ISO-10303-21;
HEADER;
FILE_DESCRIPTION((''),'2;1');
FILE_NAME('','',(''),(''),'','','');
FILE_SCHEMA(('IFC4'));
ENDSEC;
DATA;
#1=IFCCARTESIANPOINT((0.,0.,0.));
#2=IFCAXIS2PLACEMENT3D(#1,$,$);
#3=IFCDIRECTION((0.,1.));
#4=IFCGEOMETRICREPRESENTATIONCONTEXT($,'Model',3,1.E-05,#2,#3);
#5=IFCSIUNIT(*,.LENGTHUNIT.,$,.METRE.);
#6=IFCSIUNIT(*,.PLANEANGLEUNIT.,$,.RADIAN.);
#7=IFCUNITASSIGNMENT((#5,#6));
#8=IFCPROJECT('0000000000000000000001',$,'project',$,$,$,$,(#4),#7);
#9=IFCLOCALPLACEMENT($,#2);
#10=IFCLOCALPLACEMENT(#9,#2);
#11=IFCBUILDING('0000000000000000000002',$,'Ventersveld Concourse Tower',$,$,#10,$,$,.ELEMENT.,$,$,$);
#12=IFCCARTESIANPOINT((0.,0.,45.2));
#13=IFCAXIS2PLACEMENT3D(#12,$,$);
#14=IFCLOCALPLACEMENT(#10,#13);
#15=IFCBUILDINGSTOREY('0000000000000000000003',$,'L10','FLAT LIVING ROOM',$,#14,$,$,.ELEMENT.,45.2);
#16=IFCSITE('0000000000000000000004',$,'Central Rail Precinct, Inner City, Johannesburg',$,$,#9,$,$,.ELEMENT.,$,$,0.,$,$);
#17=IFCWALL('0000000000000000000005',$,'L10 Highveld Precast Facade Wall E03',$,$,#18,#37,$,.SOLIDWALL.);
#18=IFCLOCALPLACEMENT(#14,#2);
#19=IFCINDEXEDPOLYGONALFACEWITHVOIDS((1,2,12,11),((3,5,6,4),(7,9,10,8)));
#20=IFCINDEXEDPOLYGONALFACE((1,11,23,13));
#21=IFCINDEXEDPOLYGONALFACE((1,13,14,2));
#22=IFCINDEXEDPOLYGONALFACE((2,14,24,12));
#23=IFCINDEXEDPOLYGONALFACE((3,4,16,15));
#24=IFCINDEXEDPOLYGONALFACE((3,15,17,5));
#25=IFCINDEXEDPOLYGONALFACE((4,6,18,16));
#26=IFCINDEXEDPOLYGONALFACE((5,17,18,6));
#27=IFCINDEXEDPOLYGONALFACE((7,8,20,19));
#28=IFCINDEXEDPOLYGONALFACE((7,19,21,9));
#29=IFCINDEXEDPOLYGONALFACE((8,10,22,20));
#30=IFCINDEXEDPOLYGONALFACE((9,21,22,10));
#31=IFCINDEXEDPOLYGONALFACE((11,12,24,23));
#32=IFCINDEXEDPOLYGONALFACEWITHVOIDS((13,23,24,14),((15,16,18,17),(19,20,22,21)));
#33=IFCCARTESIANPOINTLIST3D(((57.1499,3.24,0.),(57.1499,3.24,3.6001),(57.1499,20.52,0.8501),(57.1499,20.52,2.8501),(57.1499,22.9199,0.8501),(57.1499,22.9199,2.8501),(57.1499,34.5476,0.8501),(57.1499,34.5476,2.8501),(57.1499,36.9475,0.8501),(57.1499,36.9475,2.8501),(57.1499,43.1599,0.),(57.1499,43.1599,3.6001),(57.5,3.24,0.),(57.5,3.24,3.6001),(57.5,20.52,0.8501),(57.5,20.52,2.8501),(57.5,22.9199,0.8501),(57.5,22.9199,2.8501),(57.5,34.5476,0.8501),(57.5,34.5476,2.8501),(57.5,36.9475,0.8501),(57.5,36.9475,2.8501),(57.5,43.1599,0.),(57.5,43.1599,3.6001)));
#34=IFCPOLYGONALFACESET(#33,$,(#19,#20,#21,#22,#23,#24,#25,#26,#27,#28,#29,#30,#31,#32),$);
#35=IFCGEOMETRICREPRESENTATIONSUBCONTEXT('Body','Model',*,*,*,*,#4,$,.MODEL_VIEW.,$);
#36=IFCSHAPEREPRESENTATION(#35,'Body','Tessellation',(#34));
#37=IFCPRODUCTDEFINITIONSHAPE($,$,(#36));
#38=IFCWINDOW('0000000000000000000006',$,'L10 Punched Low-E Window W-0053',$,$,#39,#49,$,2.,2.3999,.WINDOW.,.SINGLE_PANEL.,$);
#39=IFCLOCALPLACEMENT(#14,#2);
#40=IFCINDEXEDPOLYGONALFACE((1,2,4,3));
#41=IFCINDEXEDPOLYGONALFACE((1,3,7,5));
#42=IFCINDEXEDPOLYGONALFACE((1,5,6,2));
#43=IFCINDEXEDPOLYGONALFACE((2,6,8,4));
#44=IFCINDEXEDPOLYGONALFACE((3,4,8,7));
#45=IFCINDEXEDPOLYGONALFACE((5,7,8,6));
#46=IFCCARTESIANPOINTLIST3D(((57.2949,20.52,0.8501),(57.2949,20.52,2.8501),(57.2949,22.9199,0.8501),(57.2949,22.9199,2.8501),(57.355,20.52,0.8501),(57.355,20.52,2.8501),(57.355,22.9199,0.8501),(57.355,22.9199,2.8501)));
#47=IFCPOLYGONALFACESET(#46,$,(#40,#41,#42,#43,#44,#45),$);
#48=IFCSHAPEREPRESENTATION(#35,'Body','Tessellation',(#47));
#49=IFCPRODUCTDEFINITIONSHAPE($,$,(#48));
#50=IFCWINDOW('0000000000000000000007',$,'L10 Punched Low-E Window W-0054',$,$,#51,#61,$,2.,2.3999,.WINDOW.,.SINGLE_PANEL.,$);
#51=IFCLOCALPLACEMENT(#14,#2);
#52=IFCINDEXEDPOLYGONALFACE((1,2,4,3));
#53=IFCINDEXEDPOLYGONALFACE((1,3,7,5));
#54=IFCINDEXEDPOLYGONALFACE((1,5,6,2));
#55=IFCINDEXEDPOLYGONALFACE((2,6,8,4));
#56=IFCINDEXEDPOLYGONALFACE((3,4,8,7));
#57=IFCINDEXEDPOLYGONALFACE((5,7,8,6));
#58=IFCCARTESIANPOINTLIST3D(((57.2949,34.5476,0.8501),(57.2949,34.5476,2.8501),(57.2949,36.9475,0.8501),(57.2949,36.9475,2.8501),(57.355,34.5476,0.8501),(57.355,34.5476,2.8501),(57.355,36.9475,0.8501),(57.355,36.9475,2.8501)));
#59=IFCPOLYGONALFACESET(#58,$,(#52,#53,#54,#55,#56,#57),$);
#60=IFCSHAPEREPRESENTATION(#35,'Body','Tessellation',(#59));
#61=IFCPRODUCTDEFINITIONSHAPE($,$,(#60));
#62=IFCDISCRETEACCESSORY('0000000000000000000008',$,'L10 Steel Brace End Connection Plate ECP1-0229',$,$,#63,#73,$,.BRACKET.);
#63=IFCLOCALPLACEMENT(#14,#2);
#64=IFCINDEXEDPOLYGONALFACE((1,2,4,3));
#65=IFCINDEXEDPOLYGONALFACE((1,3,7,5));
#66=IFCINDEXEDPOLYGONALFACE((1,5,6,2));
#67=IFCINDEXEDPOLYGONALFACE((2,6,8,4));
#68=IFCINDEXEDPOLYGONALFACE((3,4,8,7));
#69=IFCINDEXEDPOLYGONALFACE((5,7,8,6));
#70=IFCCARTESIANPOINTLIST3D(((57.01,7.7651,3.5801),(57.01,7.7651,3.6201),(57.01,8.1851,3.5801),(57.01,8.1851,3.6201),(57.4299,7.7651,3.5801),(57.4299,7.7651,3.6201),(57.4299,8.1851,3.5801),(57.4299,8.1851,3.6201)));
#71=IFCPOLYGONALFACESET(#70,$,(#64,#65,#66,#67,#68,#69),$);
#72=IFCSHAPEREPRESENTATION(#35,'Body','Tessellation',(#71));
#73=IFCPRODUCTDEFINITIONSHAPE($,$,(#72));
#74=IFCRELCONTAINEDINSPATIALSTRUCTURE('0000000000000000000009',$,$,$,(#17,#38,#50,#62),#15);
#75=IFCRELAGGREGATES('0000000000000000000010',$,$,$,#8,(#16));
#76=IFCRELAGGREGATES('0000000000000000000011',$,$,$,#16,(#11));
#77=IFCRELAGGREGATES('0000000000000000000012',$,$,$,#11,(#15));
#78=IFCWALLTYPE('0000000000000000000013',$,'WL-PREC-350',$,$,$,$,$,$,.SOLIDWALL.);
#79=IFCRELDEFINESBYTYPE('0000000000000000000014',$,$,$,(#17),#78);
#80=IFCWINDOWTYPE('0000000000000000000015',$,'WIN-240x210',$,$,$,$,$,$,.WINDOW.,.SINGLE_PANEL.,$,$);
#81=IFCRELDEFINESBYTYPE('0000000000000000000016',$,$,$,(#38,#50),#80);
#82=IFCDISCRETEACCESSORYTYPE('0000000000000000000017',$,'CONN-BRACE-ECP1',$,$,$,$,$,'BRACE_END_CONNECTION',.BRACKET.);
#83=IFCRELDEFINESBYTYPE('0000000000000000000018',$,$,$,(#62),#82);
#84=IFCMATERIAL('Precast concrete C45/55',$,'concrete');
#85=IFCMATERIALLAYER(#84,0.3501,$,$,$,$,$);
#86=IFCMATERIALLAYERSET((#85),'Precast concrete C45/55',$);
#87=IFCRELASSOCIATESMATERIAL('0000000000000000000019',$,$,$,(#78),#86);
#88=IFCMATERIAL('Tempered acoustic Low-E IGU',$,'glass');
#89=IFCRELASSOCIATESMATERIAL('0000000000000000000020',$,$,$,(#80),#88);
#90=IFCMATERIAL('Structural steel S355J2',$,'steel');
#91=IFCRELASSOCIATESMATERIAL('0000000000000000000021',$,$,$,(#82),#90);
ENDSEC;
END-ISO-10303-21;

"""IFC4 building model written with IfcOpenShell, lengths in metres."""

from ifc_helpers import new_model, si_unit, direction, frame, frame_2d, origin, origin_2d, place, context, subcontext, project, spatial, rectangle, extrude, material, layer, layer_set, type_object, element, fill, save


model = new_model("IFC4")

# Units and contexts
model_context = context("Model", 3, precision=1e-05, world=origin(), true_north=direction((0.0, 1.0)))
body_context = subcontext(model_context, "Body", "Model", "MODEL_VIEW")
ifc_project = project(units=[si_unit("LENGTHUNIT", "METRE"), si_unit("PLANEANGLEUNIT", "RADIAN")], contexts=[model_context])

# Site, building, storey
site_placement = place(None, origin())
site = spatial("IfcSite", under=ifc_project, at=site_placement, Name="Central Rail Precinct, Inner City, Johannesburg", CompositionType="ELEMENT", RefElevation=0.0)
building_placement = place(site_placement, origin())
building = spatial("IfcBuilding", under=site, at=building_placement, Name="Ventersveld Concourse Tower", CompositionType="ELEMENT")
storey_placement = place(building_placement, frame((0.0, 0.0, 45.2)))
storey = spatial("IfcBuildingStorey", under=building, at=storey_placement, Name="L10", Description="FLAT LIVING ROOM", CompositionType="ELEMENT", Elevation=45.2)

# Shared definitions
ifc_material_1 = material(Name="Structural steel S355J2", Category="steel")

# Shared definitions
ifc_material_2 = material(Name="Precast concrete C45/55", Category="concrete")
ifc_layer_1 = layer(ifc_material_2, 0.3501)
ifc_layer_set_1 = layer_set([ifc_layer_1], Name="Precast concrete C45/55")
wall_type_1 = type_object("IfcWallType", Name="WL-PREC-350", PredefinedType="SOLIDWALL", material=ifc_layer_set_1)
ifc_material_3 = material(Name="Tempered acoustic Low-E IGU", Category="glass")

# Wall, openings, windows
wall_1_placement = place(storey_placement, frame((57.325, 3.24, 0.0), z_axis=(0.0, 0.0, 1.0), x_axis=(0.0, 1.0, 0.0)))
wall_1 = element("IfcWall", 1, at=wall_1_placement, inside=storey, type_object=wall_type_1, Name="L10 Highveld Precast Facade Wall E03", PredefinedType="SOLIDWALL", context=body_context, shape_type="SweptSolid", body=[
    extrude(rectangle(XDim=39.9199, YDim=0.3501, at=frame_2d((19.96, 0.0))), origin(), (0.0, 0.0, 1.0), 3.6001),
])
opening_1_placement = place(wall_1_placement, frame((17.28, 0.0, 0.8501)))
opening_1 = element("IfcOpeningElement", 2, at=opening_1_placement, cuts=wall_1, PredefinedType="OPENING", context=body_context, shape_type="SweptSolid", body=[
    extrude(rectangle(XDim=2.3999, YDim=2.0, at=frame_2d((1.2, 1.0))), frame((0.0, 0.1851, 0.0), z_axis=(0.0, -1.0, 0.0), x_axis=(1.0, 0.0, 0.0)), (0.0, 0.0, 1.0), 0.3701),
])
opening_2_placement = place(wall_1_placement, frame((31.3076, 0.0, 0.8501)))
opening_2 = element("IfcOpeningElement", 3, at=opening_2_placement, cuts=wall_1, PredefinedType="OPENING", context=body_context, shape_type="SweptSolid", body=[
    extrude(rectangle(XDim=2.3999, YDim=2.0, at=frame_2d((1.2, 1.0))), frame((0.0, 0.1851, 0.0), z_axis=(0.0, -1.0, 0.0), x_axis=(1.0, 0.0, 0.0)), (0.0, 0.0, 1.0), 0.3701),
])
window_type_1 = type_object("IfcWindowType", Name="WIN-240x210", PartitioningType="SINGLE_PANEL", PredefinedType="WINDOW", material=ifc_material_3)
window_1_placement = place(opening_1_placement, origin())
window_1 = element("IfcWindow", 4, at=window_1_placement, inside=storey, type_object=window_type_1, Name="L10 Punched Low-E Window W-0053", OverallHeight=2.0, OverallWidth=2.3999, PartitioningType="SINGLE_PANEL", PredefinedType="WINDOW", context=body_context, shape_type="SweptSolid", body=[
    extrude(rectangle(XDim=2.3999, YDim=2.0, at=frame_2d((1.2, 1.0))), frame((0.0, 0.03, 0.0), z_axis=(0.0, -1.0, 0.0), x_axis=(1.0, 0.0, 0.0)), (0.0, 0.0, 1.0), 0.0601),
])
fill(opening_1, window_1)
window_2_placement = place(opening_2_placement, origin())
window_2 = element("IfcWindow", 5, at=window_2_placement, inside=storey, type_object=window_type_1, Name="L10 Punched Low-E Window W-0054", OverallHeight=2.0, OverallWidth=2.3999, PartitioningType="SINGLE_PANEL", PredefinedType="WINDOW", context=body_context, shape_type="SweptSolid", body=[
    extrude(rectangle(XDim=2.3999, YDim=2.0, at=frame_2d((1.2, 1.0))), frame((0.0, 0.03, 0.0), z_axis=(0.0, -1.0, 0.0), x_axis=(1.0, 0.0, 0.0)), (0.0, 0.0, 1.0), 0.0601),
])
fill(opening_2, window_2)

# Discrete accessory
discrete_accessory_type = type_object("IfcDiscreteAccessoryType", Name="CONN-BRACE-ECP1", ElementType="BRACE_END_CONNECTION", PredefinedType="BRACKET", material=ifc_material_1)
discrete_accessory_placement = place(storey_placement, frame((57.22, 7.9751, 3.5801), z_axis=(0.0, 0.0, 1.0), x_axis=(1.0, 0.0, 0.0)))
element("IfcDiscreteAccessory", 6, at=discrete_accessory_placement, inside=storey, type_object=discrete_accessory_type, Name="L10 Steel Brace End Connection Plate ECP1-0229", PredefinedType="BRACKET", context=body_context, shape_type="SweptSolid", body=[
    extrude(rectangle(XDim=0.4199, YDim=0.4199, at=origin_2d()), origin(), (0.0, 0.0, 1.0), 0.04),
])

save(model, "model.ifc")
